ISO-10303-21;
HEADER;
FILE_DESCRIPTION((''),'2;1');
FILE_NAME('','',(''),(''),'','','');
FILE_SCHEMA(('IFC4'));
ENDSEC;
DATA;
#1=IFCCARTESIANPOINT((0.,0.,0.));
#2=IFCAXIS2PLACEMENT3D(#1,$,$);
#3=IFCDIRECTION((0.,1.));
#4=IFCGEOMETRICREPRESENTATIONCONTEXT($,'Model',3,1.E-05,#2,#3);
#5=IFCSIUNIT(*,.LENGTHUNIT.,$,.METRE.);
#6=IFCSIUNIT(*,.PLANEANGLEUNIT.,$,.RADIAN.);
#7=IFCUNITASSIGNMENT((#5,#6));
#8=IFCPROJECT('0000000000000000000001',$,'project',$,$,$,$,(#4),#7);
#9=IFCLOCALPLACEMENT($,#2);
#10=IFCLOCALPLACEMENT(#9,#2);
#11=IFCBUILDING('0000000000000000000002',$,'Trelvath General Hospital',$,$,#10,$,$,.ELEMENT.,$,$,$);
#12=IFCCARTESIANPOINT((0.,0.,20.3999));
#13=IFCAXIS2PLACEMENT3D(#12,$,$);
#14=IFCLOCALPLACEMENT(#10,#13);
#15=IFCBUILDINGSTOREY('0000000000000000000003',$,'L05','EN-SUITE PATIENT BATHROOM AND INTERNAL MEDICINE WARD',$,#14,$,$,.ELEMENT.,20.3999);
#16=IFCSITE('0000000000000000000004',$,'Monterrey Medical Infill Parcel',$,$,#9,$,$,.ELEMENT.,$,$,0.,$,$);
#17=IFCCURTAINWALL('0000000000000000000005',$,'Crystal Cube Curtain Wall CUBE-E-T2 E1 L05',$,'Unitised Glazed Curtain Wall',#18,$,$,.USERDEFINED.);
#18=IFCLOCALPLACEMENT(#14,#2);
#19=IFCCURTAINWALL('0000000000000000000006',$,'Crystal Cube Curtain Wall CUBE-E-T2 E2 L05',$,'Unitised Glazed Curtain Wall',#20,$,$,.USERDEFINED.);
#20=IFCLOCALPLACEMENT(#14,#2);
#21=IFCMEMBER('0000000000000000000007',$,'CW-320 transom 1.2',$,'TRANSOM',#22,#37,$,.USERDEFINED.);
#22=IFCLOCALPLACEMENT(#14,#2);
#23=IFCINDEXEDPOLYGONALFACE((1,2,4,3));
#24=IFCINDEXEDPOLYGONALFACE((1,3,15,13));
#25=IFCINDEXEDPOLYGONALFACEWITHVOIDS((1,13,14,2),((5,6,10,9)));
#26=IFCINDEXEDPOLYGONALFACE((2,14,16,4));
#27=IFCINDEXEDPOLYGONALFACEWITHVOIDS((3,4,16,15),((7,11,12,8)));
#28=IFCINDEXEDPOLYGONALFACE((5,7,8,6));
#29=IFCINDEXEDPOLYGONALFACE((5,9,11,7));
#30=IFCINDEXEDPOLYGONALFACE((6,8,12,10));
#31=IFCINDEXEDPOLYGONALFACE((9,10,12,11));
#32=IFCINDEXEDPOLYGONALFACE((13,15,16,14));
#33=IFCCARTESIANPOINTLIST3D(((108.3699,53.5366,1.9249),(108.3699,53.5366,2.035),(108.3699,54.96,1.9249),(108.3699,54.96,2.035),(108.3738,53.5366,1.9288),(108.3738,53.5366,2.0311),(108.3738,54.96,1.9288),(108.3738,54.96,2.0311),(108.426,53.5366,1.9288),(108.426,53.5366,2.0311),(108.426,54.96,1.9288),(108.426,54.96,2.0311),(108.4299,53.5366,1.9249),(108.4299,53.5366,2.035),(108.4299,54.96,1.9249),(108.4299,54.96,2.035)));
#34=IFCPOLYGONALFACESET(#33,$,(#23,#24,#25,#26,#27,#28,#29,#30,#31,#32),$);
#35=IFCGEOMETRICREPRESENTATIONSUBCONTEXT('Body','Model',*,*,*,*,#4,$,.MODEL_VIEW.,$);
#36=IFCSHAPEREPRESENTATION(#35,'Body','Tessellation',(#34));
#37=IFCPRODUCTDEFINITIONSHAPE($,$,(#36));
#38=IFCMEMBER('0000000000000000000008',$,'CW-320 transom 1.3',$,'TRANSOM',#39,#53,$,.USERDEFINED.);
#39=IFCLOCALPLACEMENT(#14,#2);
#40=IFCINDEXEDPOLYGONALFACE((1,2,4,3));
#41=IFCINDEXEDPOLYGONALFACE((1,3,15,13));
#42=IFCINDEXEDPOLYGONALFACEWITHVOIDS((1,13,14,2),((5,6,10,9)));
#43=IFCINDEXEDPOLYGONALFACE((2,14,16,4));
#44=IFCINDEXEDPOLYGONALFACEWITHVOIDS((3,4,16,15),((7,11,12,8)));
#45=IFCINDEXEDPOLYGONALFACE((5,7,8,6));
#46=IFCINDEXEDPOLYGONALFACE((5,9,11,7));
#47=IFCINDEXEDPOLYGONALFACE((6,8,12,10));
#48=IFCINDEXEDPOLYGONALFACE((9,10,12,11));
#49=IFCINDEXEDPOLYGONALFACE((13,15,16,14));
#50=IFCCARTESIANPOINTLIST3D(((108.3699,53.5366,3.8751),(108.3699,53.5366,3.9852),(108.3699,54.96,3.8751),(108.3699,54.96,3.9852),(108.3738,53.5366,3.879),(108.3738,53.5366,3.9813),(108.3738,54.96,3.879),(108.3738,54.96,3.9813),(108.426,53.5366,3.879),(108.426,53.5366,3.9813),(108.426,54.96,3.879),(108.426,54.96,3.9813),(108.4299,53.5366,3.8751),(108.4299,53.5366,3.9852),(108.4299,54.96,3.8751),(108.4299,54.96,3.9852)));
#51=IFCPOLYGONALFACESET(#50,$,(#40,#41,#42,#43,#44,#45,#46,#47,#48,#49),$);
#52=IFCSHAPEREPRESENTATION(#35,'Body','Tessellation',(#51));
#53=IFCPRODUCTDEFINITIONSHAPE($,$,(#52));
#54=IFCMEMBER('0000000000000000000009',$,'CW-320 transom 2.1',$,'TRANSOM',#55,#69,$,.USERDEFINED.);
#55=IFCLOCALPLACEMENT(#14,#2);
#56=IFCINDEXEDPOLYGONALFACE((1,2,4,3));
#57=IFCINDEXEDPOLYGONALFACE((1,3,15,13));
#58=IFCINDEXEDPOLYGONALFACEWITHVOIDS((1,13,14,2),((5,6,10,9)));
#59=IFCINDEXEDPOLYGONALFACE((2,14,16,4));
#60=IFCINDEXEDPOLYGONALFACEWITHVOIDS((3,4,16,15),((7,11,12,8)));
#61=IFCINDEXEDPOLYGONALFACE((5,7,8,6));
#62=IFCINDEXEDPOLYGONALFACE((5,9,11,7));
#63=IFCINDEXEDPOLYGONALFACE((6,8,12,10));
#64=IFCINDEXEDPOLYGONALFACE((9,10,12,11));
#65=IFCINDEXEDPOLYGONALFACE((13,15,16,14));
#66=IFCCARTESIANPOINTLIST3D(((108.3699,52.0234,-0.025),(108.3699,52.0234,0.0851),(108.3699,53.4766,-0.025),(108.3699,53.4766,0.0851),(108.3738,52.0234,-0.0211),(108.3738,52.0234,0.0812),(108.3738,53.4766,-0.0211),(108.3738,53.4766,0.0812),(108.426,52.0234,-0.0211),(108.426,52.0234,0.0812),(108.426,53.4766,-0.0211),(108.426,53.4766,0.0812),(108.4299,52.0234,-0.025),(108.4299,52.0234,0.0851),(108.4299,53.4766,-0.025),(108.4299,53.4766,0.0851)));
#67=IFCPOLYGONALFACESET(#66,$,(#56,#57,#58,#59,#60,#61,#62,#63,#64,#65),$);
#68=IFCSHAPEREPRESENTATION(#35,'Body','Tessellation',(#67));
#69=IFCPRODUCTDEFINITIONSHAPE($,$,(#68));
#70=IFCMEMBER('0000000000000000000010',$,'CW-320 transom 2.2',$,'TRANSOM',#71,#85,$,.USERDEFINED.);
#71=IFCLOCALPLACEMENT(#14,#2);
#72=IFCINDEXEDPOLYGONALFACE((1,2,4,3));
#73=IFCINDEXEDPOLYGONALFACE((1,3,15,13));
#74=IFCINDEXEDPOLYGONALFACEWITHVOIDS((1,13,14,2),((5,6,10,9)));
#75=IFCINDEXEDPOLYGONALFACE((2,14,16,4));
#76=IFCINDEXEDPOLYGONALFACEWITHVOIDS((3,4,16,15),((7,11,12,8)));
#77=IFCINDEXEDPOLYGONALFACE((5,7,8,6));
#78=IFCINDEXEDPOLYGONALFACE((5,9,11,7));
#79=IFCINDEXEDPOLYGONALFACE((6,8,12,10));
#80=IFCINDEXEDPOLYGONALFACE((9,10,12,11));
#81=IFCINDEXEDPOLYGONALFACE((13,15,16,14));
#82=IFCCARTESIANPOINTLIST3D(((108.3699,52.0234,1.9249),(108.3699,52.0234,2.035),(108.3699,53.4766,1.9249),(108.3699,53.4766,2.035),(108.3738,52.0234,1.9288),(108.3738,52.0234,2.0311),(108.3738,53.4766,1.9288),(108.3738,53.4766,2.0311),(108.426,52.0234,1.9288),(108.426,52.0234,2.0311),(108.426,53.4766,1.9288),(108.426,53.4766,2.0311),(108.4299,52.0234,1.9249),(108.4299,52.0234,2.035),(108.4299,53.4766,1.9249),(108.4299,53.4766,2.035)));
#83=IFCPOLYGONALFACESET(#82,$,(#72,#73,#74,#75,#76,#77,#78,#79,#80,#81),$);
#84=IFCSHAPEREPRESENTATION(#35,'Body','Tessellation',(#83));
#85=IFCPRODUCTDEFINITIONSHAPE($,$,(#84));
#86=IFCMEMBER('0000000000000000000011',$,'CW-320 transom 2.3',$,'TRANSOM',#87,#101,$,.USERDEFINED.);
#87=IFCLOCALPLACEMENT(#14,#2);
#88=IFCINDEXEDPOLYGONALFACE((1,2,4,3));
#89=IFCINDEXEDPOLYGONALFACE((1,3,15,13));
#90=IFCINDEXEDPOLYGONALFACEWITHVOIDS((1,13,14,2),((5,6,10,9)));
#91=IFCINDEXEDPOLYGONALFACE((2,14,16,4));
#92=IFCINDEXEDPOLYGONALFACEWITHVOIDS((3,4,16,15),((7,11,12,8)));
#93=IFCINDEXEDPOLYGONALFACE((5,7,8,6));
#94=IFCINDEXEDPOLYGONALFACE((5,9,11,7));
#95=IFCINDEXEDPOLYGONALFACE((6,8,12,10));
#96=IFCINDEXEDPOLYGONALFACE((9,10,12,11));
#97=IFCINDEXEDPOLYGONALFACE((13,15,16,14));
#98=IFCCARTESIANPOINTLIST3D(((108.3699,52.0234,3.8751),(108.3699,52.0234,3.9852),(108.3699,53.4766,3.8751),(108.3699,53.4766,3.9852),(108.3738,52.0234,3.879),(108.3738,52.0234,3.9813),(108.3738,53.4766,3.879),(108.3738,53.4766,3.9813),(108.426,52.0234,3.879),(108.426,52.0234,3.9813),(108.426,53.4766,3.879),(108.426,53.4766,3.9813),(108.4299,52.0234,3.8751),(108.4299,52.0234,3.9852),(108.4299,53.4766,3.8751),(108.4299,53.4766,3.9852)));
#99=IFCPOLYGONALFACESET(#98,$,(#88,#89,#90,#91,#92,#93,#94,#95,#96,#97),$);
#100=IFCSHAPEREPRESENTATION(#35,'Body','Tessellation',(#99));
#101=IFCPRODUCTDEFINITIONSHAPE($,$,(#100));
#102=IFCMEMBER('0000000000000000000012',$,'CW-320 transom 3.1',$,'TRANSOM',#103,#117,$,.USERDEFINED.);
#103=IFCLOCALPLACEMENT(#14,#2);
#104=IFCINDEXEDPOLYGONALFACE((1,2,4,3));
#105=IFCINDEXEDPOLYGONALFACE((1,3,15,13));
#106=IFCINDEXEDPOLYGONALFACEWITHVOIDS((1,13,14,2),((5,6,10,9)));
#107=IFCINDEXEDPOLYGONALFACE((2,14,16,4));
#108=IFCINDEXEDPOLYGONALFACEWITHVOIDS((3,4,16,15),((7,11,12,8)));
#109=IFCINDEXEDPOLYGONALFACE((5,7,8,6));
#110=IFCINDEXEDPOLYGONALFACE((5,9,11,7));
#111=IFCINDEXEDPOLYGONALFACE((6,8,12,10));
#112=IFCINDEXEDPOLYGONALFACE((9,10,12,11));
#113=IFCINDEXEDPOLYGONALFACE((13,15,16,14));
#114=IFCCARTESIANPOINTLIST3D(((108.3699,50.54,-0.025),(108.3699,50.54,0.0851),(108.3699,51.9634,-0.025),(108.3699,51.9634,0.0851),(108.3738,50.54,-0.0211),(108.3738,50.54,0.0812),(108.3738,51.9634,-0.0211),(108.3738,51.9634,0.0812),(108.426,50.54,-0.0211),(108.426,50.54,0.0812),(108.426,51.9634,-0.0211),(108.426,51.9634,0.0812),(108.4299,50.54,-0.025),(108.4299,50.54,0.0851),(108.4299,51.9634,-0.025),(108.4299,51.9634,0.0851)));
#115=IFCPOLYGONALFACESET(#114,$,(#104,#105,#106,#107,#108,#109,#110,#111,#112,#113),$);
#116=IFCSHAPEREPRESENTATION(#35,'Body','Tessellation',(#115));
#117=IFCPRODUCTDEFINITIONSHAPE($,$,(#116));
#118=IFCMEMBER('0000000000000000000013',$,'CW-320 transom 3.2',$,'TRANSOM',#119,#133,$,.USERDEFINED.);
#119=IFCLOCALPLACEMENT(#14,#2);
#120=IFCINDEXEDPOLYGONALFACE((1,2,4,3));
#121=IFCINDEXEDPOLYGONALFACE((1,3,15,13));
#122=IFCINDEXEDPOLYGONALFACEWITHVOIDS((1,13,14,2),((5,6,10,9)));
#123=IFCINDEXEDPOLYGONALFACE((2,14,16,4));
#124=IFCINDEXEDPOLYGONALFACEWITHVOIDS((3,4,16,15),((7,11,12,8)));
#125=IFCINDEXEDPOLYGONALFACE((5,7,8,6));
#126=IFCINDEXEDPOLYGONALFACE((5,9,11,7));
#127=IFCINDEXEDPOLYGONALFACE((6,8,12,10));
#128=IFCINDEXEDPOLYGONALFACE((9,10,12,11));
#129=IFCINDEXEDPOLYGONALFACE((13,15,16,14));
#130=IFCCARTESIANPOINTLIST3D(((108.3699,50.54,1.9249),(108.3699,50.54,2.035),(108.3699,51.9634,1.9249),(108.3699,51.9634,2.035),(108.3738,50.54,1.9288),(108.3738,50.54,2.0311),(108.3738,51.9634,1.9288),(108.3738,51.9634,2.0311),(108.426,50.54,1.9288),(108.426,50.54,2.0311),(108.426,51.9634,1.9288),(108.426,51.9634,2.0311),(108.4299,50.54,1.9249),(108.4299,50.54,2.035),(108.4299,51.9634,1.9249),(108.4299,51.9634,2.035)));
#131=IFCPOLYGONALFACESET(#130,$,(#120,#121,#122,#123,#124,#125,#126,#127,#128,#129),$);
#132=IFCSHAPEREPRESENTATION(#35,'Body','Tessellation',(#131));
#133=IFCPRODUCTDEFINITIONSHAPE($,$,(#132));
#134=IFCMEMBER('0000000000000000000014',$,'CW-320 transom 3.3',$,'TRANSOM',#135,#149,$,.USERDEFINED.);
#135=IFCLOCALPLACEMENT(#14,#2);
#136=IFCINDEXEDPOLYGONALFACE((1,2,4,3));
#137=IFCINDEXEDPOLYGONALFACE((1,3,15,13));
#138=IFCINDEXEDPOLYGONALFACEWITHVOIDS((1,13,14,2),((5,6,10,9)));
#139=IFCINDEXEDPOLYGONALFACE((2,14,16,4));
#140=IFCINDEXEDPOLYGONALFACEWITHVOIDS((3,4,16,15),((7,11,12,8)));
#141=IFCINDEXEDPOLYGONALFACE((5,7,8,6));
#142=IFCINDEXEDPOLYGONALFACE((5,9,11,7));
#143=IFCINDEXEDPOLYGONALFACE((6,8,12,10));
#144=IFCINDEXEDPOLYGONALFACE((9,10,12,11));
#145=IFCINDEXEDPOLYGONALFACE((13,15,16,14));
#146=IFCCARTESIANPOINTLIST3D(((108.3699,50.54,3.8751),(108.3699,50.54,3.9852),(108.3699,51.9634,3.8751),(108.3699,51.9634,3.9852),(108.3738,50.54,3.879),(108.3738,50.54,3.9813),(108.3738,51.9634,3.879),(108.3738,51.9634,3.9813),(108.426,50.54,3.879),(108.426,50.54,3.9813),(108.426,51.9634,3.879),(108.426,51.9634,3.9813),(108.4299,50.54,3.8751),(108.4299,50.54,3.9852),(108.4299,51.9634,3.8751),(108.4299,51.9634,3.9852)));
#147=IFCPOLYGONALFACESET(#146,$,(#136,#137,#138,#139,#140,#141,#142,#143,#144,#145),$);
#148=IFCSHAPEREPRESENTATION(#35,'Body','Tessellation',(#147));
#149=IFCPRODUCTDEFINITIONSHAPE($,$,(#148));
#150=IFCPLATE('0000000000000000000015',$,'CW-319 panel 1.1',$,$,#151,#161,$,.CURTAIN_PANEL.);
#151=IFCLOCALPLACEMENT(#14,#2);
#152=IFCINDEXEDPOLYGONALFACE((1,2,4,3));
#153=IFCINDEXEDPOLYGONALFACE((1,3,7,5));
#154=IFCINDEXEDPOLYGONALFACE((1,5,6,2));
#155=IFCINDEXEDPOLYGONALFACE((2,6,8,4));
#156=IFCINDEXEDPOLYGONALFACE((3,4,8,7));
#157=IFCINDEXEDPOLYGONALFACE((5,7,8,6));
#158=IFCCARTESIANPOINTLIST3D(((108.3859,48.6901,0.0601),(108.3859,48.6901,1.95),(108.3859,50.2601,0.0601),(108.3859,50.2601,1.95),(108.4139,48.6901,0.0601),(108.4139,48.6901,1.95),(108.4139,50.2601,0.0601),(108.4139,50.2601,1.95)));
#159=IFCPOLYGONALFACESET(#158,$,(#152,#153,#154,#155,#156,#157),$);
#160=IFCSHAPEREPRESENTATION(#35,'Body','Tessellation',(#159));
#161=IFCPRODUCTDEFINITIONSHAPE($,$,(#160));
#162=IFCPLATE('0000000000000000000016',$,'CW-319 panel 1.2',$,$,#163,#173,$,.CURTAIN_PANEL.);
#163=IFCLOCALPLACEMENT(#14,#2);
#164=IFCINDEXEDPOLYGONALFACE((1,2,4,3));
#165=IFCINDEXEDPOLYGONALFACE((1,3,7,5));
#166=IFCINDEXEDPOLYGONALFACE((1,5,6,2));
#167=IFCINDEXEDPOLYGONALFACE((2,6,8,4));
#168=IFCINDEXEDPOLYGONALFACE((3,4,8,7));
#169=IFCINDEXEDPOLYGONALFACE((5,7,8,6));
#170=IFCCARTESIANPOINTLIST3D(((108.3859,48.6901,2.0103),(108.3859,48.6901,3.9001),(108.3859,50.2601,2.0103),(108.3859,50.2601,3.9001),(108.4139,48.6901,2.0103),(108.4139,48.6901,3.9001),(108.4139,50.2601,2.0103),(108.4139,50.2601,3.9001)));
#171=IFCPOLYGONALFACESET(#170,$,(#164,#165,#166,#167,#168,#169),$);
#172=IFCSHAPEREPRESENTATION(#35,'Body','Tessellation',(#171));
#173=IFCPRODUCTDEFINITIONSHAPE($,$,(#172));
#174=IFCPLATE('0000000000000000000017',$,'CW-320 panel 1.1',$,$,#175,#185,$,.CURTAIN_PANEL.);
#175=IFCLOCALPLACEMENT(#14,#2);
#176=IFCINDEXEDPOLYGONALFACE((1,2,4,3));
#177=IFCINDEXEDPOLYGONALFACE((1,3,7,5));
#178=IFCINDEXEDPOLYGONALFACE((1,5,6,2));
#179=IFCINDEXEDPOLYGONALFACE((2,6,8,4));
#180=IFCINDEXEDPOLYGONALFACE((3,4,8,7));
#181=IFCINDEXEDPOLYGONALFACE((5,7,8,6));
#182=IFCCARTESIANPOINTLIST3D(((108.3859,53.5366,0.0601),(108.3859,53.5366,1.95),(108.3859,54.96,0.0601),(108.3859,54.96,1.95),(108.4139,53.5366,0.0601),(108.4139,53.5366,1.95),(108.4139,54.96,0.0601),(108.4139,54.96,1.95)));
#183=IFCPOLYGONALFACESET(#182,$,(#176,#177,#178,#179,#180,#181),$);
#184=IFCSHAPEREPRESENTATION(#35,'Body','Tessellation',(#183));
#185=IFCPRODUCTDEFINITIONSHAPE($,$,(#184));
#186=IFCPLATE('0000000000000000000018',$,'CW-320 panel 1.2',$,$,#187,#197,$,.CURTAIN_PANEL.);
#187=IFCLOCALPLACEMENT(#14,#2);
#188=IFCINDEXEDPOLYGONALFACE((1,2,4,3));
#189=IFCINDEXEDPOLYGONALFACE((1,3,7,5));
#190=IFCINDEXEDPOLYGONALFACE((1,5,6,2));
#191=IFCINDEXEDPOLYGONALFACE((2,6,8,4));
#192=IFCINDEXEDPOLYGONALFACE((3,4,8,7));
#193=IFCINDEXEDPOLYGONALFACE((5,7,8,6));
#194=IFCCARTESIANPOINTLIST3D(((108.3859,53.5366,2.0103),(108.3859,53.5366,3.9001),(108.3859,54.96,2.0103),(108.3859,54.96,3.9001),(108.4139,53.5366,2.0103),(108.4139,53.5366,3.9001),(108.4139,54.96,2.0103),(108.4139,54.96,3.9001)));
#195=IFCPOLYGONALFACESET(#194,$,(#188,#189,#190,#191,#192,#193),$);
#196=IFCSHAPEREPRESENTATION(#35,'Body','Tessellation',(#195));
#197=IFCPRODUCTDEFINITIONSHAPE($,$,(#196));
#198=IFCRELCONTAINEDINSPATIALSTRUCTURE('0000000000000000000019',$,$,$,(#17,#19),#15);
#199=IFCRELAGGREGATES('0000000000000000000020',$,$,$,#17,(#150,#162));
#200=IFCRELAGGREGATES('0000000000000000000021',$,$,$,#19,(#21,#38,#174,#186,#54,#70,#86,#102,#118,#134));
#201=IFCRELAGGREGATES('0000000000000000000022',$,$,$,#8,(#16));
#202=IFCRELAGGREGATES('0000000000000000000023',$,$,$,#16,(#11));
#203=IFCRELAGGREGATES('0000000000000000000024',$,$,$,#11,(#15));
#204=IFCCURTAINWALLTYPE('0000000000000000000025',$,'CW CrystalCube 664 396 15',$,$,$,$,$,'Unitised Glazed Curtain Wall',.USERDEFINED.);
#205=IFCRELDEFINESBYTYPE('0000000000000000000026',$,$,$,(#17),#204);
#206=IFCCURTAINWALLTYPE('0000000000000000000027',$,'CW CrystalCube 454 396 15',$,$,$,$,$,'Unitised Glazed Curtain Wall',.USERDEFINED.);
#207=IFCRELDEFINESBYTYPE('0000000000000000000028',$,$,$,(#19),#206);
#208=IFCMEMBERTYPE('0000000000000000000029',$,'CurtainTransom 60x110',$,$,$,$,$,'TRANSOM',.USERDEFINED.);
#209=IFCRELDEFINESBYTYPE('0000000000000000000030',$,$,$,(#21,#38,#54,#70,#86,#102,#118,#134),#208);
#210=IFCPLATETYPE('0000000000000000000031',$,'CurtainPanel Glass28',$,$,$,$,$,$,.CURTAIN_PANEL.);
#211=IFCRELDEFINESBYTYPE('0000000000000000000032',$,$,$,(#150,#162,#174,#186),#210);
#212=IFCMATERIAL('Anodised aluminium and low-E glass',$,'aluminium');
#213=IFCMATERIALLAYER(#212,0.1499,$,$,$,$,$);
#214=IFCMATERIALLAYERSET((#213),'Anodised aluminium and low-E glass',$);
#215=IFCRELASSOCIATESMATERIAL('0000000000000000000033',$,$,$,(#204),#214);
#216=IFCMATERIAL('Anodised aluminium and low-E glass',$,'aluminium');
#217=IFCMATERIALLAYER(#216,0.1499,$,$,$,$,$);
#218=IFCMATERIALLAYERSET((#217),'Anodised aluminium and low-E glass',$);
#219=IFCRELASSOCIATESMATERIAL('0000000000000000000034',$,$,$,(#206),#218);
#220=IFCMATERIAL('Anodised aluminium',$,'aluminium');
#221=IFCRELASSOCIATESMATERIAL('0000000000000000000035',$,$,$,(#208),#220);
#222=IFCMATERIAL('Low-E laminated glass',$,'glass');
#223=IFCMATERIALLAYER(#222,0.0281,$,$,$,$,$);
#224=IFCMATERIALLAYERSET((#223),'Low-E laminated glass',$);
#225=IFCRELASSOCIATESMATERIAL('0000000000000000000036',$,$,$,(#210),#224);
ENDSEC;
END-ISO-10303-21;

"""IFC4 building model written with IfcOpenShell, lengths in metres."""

from ifc_helpers import new_model, si_unit, direction, frame, origin, origin_2d, place, context, subcontext, project, spatial, rectangle, hollow_rectangle, extrude, material, layer, layer_set, material_profile, profile_set, type_object, element, aggregate, save


model = new_model("IFC4")

# Units and contexts
model_context = context("Model", 3, precision=1e-05, world=origin(), true_north=direction((0.0, 1.0)))
body_context = subcontext(model_context, "Body", "Model", "MODEL_VIEW")
ifc_project = project(units=[si_unit("LENGTHUNIT", "METRE"), si_unit("PLANEANGLEUNIT", "RADIAN")], contexts=[model_context])

# Site, building, storey
site_placement = place(None, origin())
site = spatial("IfcSite", under=ifc_project, at=site_placement, Name="Monterrey Medical Infill Parcel", CompositionType="ELEMENT", RefElevation=0.0)
building_placement = place(site_placement, origin())
building = spatial("IfcBuilding", under=site, at=building_placement, Name="Trelvath General Hospital", CompositionType="ELEMENT")
storey_placement = place(building_placement, frame((0.0, 0.0, 20.3999)))
storey = spatial("IfcBuildingStorey", under=building, at=storey_placement, Name="L05", Description="EN-SUITE PATIENT BATHROOM AND INTERNAL MEDICINE WARD", CompositionType="ELEMENT", Elevation=20.3999)

# Curtain walls
ifc_material_1 = material(Name="Anodised aluminium and low-E glass", Category="aluminium")
ifc_layer_1 = layer(ifc_material_1, 0.1499)
ifc_layer_set_1 = layer_set([ifc_layer_1], Name="Anodised aluminium and low-E glass")
curtain_wall_type_1 = type_object("IfcCurtainWallType", Name="CW CrystalCube 664 396 15", ElementType="Unitised Glazed Curtain Wall", PredefinedType="USERDEFINED", material=ifc_layer_set_1)
curtain_wall_1_placement = place(storey_placement, origin())
curtain_wall_1 = element("IfcCurtainWall", 1, at=curtain_wall_1_placement, inside=storey, type_object=curtain_wall_type_1, Name="Crystal Cube Curtain Wall CUBE-E-T2 E1 L05", ObjectType="Unitised Glazed Curtain Wall", PredefinedType="USERDEFINED")
ifc_material_2 = material(Name="Anodised aluminium and low-E glass", Category="aluminium")
ifc_layer_2 = layer(ifc_material_2, 0.1499)
ifc_layer_set_2 = layer_set([ifc_layer_2], Name="Anodised aluminium and low-E glass")
curtain_wall_type_2 = type_object("IfcCurtainWallType", Name="CW CrystalCube 454 396 15", ElementType="Unitised Glazed Curtain Wall", PredefinedType="USERDEFINED", material=ifc_layer_set_2)
curtain_wall_2_placement = place(storey_placement, origin())
curtain_wall_2 = element("IfcCurtainWall", 2, at=curtain_wall_2_placement, inside=storey, type_object=curtain_wall_type_2, Name="Crystal Cube Curtain Wall CUBE-E-T2 E2 L05", ObjectType="Unitised Glazed Curtain Wall", PredefinedType="USERDEFINED")

# Members
ifc_material_3 = material(Name="Anodised aluminium", Category="aluminium")
ifc_material_profile_1 = material_profile(ifc_material_3, hollow_rectangle(XDim=0.0601, YDim=0.1101, WallThickness=0.0039, at=origin_2d()), Name="RHS60x110x4")
ifc_profile_set_1 = profile_set([ifc_material_profile_1], Name="Anodised aluminium")
member_type_1 = type_object("IfcMemberType", Name="CurtainTransom 60x110", ElementType="TRANSOM", PredefinedType="USERDEFINED", material=ifc_profile_set_1)
member_1_placement = place(storey_placement, frame((108.3999, 54.96, 1.98), z_axis=(0.0, -1.0, 0.0), x_axis=(1.0, 0.0, 0.0)))
member_1 = element("IfcMember", 3, at=member_1_placement, type_object=member_type_1, Name="CW-320 transom 1.2", ObjectType="TRANSOM", PredefinedType="USERDEFINED", context=body_context, shape_type="SweptSolid", body=[
    extrude(hollow_rectangle(XDim=0.0601, YDim=0.1101, WallThickness=0.0039, at=origin_2d()), origin(), (0.0, 0.0, 1.0), 1.4233),
])
member_2_placement = place(storey_placement, frame((108.3999, 54.96, 3.9302), z_axis=(0.0, -1.0, 0.0), x_axis=(1.0, 0.0, 0.0)))
member_2 = element("IfcMember", 4, at=member_2_placement, type_object=member_type_1, Name="CW-320 transom 1.3", ObjectType="TRANSOM", PredefinedType="USERDEFINED", context=body_context, shape_type="SweptSolid", body=[
    extrude(hollow_rectangle(XDim=0.0601, YDim=0.1101, WallThickness=0.0039, at=origin_2d()), origin(), (0.0, 0.0, 1.0), 1.4233),
])
member_3_placement = place(storey_placement, frame((108.3999, 53.4766, 0.03), z_axis=(0.0, -1.0, 0.0), x_axis=(1.0, 0.0, 0.0)))
member_3 = element("IfcMember", 5, at=member_3_placement, type_object=member_type_1, Name="CW-320 transom 2.1", ObjectType="TRANSOM", PredefinedType="USERDEFINED", context=body_context, shape_type="SweptSolid", body=[
    extrude(hollow_rectangle(XDim=0.0601, YDim=0.1101, WallThickness=0.0039, at=origin_2d()), origin(), (0.0, 0.0, 1.0), 1.4531),
])
member_4_placement = place(storey_placement, frame((108.3999, 53.4766, 1.98), z_axis=(0.0, -1.0, 0.0), x_axis=(1.0, 0.0, 0.0)))
member_4 = element("IfcMember", 6, at=member_4_placement, type_object=member_type_1, Name="CW-320 transom 2.2", ObjectType="TRANSOM", PredefinedType="USERDEFINED", context=body_context, shape_type="SweptSolid", body=[
    extrude(hollow_rectangle(XDim=0.0601, YDim=0.1101, WallThickness=0.0039, at=origin_2d()), origin(), (0.0, 0.0, 1.0), 1.4531),
])
member_5_placement = place(storey_placement, frame((108.3999, 53.4766, 3.9302), z_axis=(0.0, -1.0, 0.0), x_axis=(1.0, 0.0, 0.0)))
member_5 = element("IfcMember", 7, at=member_5_placement, type_object=member_type_1, Name="CW-320 transom 2.3", ObjectType="TRANSOM", PredefinedType="USERDEFINED", context=body_context, shape_type="SweptSolid", body=[
    extrude(hollow_rectangle(XDim=0.0601, YDim=0.1101, WallThickness=0.0039, at=origin_2d()), origin(), (0.0, 0.0, 1.0), 1.4531),
])
member_6_placement = place(storey_placement, frame((108.3999, 51.9634, 0.03), z_axis=(0.0, -1.0, 0.0), x_axis=(1.0, 0.0, 0.0)))
member_6 = element("IfcMember", 8, at=member_6_placement, type_object=member_type_1, Name="CW-320 transom 3.1", ObjectType="TRANSOM", PredefinedType="USERDEFINED", context=body_context, shape_type="SweptSolid", body=[
    extrude(hollow_rectangle(XDim=0.0601, YDim=0.1101, WallThickness=0.0039, at=origin_2d()), origin(), (0.0, 0.0, 1.0), 1.4233),
])
member_7_placement = place(storey_placement, frame((108.3999, 51.9634, 1.98), z_axis=(0.0, -1.0, 0.0), x_axis=(1.0, 0.0, 0.0)))
member_7 = element("IfcMember", 9, at=member_7_placement, type_object=member_type_1, Name="CW-320 transom 3.2", ObjectType="TRANSOM", PredefinedType="USERDEFINED", context=body_context, shape_type="SweptSolid", body=[
    extrude(hollow_rectangle(XDim=0.0601, YDim=0.1101, WallThickness=0.0039, at=origin_2d()), origin(), (0.0, 0.0, 1.0), 1.4233),
])
member_8_placement = place(storey_placement, frame((108.3999, 51.9634, 3.9302), z_axis=(0.0, -1.0, 0.0), x_axis=(1.0, 0.0, 0.0)))
member_8 = element("IfcMember", 10, at=member_8_placement, type_object=member_type_1, Name="CW-320 transom 3.3", ObjectType="TRANSOM", PredefinedType="USERDEFINED", context=body_context, shape_type="SweptSolid", body=[
    extrude(hollow_rectangle(XDim=0.0601, YDim=0.1101, WallThickness=0.0039, at=origin_2d()), origin(), (0.0, 0.0, 1.0), 1.4233),
])

# Plates
ifc_material_4 = material(Name="Low-E laminated glass", Category="glass")
ifc_layer_3 = layer(ifc_material_4, 0.0281)
ifc_layer_set_3 = layer_set([ifc_layer_3], Name="Low-E laminated glass")
plate_type = type_object("IfcPlateType", Name="CurtainPanel Glass28", PredefinedType="CURTAIN_PANEL", material=ifc_layer_set_3)
plate_1_placement = place(storey_placement, frame((108.3999, 49.4751, 0.0601), z_axis=(0.0, 0.0, 1.0), x_axis=(0.0, -1.0, 0.0)))
plate_1 = element("IfcPlate", 11, at=plate_1_placement, type_object=plate_type, Name="CW-319 panel 1.1", PredefinedType="CURTAIN_PANEL", context=body_context, shape_type="SweptSolid", body=[
    extrude(rectangle(XDim=1.5701, YDim=0.0281, at=origin_2d()), origin(), (0.0, 0.0, 1.0), 1.8899),
])
plate_2_placement = place(storey_placement, frame((108.3999, 49.4751, 2.0103), z_axis=(0.0, 0.0, 1.0), x_axis=(0.0, -1.0, 0.0)))
plate_2 = element("IfcPlate", 12, at=plate_2_placement, type_object=plate_type, Name="CW-319 panel 1.2", PredefinedType="CURTAIN_PANEL", context=body_context, shape_type="SweptSolid", body=[
    extrude(rectangle(XDim=1.5701, YDim=0.0281, at=origin_2d()), origin(), (0.0, 0.0, 1.0), 1.8899),
])
aggregate(curtain_wall_1, [plate_1, plate_2])
plate_3_placement = place(storey_placement, frame((108.3999, 54.2483, 0.0601), z_axis=(0.0, 0.0, 1.0), x_axis=(0.0, -1.0, 0.0)))
plate_3 = element("IfcPlate", 13, at=plate_3_placement, type_object=plate_type, Name="CW-320 panel 1.1", PredefinedType="CURTAIN_PANEL", context=body_context, shape_type="SweptSolid", body=[
    extrude(rectangle(XDim=1.4233, YDim=0.0281, at=origin_2d()), origin(), (0.0, 0.0, 1.0), 1.8899),
])
plate_4_placement = place(storey_placement, frame((108.3999, 54.2483, 2.0103), z_axis=(0.0, 0.0, 1.0), x_axis=(0.0, -1.0, 0.0)))
plate_4 = element("IfcPlate", 14, at=plate_4_placement, type_object=plate_type, Name="CW-320 panel 1.2", PredefinedType="CURTAIN_PANEL", context=body_context, shape_type="SweptSolid", body=[
    extrude(rectangle(XDim=1.4233, YDim=0.0281, at=origin_2d()), origin(), (0.0, 0.0, 1.0), 1.8899),
])
aggregate(curtain_wall_2, [member_1, member_2, plate_3, plate_4, member_3, member_4, member_5, member_6, member_7, member_8])

save(model, "model.ifc")
